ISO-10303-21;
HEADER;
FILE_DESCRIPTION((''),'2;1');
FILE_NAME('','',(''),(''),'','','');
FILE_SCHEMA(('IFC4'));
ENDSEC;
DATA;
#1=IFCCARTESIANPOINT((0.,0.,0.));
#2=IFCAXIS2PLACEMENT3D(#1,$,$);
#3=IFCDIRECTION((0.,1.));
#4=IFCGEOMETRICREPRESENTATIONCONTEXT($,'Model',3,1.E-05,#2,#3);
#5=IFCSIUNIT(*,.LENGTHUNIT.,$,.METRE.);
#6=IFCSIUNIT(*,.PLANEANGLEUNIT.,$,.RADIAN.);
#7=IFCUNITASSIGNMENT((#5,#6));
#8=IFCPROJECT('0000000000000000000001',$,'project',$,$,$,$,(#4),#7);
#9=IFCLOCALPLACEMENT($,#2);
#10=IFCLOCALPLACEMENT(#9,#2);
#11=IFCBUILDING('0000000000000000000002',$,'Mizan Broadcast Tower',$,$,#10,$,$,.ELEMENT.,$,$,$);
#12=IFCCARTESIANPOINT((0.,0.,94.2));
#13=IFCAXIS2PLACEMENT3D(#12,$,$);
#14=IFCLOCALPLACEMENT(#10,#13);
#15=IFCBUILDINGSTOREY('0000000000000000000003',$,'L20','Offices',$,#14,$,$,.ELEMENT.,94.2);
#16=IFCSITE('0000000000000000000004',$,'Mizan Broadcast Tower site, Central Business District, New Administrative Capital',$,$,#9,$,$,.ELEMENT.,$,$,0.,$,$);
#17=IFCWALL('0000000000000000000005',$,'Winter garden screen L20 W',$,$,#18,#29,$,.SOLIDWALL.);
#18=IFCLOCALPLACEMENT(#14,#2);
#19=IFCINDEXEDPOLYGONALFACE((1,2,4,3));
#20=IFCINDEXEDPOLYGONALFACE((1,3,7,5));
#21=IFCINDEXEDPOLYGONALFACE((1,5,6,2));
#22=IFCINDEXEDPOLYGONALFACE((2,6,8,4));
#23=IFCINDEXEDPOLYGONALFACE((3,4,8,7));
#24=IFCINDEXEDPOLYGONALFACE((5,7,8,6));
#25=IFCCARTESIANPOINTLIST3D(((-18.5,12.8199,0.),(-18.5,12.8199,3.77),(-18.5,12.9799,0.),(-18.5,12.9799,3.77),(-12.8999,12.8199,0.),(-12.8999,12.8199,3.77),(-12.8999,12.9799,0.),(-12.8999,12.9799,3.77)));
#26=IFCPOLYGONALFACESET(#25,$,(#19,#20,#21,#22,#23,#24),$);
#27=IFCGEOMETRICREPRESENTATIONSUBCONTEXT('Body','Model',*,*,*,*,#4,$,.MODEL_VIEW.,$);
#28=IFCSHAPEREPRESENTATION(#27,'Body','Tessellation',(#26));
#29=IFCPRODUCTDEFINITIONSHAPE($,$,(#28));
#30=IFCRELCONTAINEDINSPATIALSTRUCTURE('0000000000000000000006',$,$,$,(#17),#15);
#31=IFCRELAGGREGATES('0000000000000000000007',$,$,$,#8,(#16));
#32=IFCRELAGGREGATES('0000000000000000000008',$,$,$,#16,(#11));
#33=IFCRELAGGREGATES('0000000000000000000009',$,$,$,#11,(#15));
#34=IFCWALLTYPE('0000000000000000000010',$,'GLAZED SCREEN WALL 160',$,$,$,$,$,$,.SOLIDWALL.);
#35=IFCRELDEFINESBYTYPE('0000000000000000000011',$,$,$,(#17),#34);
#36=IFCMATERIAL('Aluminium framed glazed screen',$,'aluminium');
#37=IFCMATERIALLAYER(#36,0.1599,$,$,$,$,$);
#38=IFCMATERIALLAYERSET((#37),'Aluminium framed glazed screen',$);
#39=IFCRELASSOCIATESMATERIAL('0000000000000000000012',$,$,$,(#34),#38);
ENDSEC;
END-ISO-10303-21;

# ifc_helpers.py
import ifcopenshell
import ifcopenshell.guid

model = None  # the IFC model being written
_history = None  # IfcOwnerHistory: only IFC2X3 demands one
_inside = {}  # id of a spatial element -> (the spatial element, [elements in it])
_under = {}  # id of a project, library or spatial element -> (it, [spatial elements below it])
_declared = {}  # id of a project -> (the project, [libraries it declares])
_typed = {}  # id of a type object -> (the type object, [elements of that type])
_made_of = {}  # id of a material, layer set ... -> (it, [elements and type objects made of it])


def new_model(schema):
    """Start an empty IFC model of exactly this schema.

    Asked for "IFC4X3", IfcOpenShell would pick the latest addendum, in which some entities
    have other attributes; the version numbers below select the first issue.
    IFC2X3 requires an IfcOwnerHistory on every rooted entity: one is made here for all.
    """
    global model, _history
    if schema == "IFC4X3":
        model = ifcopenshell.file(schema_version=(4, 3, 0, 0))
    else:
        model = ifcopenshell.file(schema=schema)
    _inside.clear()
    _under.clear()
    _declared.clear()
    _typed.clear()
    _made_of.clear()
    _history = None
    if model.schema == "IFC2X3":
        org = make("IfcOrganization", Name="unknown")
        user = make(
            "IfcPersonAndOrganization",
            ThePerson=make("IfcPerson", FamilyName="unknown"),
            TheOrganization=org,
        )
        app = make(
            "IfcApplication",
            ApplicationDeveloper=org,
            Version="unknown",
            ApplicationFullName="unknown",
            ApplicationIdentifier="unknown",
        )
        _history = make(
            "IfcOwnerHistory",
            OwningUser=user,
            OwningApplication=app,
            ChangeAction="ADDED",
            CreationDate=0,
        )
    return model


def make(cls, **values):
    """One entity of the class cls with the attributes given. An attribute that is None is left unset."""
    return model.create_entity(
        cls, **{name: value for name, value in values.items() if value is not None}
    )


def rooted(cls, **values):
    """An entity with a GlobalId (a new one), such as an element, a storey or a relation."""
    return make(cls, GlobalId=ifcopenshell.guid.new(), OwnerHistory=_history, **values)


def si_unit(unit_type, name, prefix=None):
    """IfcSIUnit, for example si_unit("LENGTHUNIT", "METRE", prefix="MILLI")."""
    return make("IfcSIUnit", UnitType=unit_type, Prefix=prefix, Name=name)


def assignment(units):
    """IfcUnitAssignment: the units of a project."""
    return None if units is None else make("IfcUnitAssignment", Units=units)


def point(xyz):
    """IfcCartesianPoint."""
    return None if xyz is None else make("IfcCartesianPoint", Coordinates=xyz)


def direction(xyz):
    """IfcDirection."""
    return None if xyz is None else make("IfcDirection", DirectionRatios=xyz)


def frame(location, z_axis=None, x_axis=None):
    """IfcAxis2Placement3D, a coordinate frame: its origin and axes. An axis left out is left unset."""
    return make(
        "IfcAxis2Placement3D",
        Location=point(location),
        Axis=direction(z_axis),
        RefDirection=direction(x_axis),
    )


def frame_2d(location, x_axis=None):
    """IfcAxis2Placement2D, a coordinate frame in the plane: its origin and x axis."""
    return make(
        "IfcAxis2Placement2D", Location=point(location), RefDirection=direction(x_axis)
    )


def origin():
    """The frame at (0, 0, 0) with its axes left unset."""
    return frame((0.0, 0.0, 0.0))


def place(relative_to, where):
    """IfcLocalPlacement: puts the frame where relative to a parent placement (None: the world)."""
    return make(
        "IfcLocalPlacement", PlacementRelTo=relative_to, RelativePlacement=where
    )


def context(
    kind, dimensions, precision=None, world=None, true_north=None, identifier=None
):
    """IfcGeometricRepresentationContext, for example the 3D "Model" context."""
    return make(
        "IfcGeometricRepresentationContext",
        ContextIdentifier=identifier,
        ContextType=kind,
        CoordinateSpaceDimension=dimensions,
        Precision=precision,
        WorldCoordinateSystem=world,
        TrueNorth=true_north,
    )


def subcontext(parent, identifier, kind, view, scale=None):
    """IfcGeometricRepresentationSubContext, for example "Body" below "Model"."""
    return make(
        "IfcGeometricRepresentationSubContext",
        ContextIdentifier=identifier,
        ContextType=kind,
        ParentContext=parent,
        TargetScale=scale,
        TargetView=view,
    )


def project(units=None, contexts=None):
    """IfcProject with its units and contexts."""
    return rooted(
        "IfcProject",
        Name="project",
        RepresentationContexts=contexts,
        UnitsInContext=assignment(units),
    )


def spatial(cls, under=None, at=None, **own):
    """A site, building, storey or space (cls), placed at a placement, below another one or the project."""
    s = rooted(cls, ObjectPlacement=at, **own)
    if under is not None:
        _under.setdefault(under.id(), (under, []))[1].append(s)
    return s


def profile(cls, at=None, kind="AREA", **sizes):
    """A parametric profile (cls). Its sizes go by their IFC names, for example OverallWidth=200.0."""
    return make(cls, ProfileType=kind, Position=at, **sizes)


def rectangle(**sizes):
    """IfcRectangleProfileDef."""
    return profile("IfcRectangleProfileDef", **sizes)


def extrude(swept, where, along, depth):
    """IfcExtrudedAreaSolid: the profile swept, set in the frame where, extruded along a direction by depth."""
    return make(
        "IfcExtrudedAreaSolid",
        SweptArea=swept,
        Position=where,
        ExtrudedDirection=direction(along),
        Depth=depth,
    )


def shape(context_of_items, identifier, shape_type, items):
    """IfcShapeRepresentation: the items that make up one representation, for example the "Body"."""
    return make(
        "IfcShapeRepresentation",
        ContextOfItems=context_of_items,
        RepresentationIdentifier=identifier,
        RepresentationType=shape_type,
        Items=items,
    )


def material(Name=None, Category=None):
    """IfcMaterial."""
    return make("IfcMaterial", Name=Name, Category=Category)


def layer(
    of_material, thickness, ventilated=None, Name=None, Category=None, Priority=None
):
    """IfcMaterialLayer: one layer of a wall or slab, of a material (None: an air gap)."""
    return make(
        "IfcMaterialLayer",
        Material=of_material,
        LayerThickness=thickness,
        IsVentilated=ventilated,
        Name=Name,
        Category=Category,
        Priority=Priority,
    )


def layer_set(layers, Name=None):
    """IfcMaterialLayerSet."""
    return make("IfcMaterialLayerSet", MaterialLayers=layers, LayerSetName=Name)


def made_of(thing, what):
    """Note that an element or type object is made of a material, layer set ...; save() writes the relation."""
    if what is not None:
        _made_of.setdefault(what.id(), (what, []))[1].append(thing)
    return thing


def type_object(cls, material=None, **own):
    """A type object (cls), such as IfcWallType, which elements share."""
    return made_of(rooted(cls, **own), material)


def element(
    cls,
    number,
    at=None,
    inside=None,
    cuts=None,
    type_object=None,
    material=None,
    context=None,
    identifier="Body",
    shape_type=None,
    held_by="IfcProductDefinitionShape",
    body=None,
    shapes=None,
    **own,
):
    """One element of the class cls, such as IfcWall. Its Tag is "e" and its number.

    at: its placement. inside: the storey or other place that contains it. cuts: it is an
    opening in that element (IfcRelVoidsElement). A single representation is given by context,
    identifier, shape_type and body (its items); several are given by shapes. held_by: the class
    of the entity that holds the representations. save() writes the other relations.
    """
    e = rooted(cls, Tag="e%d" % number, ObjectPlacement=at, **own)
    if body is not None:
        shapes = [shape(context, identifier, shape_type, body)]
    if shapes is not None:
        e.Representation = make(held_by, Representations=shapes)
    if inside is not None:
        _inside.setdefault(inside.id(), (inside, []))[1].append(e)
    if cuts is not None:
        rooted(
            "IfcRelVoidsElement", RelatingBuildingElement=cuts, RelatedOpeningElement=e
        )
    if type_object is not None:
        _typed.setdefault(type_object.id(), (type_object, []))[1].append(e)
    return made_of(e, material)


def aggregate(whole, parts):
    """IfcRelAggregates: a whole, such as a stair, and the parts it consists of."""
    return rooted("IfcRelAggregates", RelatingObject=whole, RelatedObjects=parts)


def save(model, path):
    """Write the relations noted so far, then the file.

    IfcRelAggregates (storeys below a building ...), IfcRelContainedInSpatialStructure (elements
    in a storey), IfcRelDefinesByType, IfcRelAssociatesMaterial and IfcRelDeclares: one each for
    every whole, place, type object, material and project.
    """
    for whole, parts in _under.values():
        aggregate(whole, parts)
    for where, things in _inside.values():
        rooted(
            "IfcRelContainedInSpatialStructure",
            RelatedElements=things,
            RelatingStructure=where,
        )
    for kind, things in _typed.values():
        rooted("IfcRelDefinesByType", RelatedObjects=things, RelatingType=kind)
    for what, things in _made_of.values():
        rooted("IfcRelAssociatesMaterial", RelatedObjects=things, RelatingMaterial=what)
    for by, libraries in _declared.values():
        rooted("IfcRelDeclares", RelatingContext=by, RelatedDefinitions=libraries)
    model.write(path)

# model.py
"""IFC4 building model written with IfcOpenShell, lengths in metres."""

from ifc_helpers import new_model, si_unit, direction, frame, frame_2d, origin, place, context, subcontext, project, spatial, rectangle, extrude, material, layer, layer_set, type_object, element, save


model = new_model("IFC4")

# Units and contexts
model_context = context("Model", 3, precision=1e-05, world=origin(), true_north=direction((0.0, 1.0)))
body_context = subcontext(model_context, "Body", "Model", "MODEL_VIEW")
ifc_project = project(units=[si_unit("LENGTHUNIT", "METRE"), si_unit("PLANEANGLEUNIT", "RADIAN")], contexts=[model_context])

# Site, building, storey
site_placement = place(None, origin())
site = spatial("IfcSite", under=ifc_project, at=site_placement, Name="Mizan Broadcast Tower site, Central Business District, New Administrative Capital", CompositionType="ELEMENT", RefElevation=0.0)
building_placement = place(site_placement, origin())
building = spatial("IfcBuilding", under=site, at=building_placement, Name="Mizan Broadcast Tower", CompositionType="ELEMENT")
storey_placement = place(building_placement, frame((0.0, 0.0, 94.2)))
storey = spatial("IfcBuildingStorey", under=building, at=storey_placement, Name="L20", Description="Offices", CompositionType="ELEMENT", Elevation=94.2)

# Shared definitions
ifc_material_1 = material(Name="Aluminium framed glazed screen", Category="aluminium")
ifc_layer_1 = layer(ifc_material_1, 0.1599)
ifc_layer_set_1 = layer_set([ifc_layer_1], Name="Aluminium framed glazed screen")
wall_type = type_object("IfcWallType", Name="GLAZED SCREEN WALL 160", PredefinedType="SOLIDWALL", material=ifc_layer_set_1)

# Wall
wall_1_placement = place(storey_placement, frame((-12.8999, 12.8999, 0.0), z_axis=(0.0, 0.0, 1.0), x_axis=(-1.0, 0.0, 0.0)))
element("IfcWall", 1, at=wall_1_placement, inside=storey, type_object=wall_type, Name="Winter garden screen L20 W", PredefinedType="SOLIDWALL", context=body_context, shape_type="SweptSolid", body=[
    extrude(rectangle(XDim=5.6001, YDim=0.1599, at=frame_2d((2.8, 0.0))), origin(), (0.0, 0.0, 1.0), 3.77),
])

save(model, "model.ifc")
